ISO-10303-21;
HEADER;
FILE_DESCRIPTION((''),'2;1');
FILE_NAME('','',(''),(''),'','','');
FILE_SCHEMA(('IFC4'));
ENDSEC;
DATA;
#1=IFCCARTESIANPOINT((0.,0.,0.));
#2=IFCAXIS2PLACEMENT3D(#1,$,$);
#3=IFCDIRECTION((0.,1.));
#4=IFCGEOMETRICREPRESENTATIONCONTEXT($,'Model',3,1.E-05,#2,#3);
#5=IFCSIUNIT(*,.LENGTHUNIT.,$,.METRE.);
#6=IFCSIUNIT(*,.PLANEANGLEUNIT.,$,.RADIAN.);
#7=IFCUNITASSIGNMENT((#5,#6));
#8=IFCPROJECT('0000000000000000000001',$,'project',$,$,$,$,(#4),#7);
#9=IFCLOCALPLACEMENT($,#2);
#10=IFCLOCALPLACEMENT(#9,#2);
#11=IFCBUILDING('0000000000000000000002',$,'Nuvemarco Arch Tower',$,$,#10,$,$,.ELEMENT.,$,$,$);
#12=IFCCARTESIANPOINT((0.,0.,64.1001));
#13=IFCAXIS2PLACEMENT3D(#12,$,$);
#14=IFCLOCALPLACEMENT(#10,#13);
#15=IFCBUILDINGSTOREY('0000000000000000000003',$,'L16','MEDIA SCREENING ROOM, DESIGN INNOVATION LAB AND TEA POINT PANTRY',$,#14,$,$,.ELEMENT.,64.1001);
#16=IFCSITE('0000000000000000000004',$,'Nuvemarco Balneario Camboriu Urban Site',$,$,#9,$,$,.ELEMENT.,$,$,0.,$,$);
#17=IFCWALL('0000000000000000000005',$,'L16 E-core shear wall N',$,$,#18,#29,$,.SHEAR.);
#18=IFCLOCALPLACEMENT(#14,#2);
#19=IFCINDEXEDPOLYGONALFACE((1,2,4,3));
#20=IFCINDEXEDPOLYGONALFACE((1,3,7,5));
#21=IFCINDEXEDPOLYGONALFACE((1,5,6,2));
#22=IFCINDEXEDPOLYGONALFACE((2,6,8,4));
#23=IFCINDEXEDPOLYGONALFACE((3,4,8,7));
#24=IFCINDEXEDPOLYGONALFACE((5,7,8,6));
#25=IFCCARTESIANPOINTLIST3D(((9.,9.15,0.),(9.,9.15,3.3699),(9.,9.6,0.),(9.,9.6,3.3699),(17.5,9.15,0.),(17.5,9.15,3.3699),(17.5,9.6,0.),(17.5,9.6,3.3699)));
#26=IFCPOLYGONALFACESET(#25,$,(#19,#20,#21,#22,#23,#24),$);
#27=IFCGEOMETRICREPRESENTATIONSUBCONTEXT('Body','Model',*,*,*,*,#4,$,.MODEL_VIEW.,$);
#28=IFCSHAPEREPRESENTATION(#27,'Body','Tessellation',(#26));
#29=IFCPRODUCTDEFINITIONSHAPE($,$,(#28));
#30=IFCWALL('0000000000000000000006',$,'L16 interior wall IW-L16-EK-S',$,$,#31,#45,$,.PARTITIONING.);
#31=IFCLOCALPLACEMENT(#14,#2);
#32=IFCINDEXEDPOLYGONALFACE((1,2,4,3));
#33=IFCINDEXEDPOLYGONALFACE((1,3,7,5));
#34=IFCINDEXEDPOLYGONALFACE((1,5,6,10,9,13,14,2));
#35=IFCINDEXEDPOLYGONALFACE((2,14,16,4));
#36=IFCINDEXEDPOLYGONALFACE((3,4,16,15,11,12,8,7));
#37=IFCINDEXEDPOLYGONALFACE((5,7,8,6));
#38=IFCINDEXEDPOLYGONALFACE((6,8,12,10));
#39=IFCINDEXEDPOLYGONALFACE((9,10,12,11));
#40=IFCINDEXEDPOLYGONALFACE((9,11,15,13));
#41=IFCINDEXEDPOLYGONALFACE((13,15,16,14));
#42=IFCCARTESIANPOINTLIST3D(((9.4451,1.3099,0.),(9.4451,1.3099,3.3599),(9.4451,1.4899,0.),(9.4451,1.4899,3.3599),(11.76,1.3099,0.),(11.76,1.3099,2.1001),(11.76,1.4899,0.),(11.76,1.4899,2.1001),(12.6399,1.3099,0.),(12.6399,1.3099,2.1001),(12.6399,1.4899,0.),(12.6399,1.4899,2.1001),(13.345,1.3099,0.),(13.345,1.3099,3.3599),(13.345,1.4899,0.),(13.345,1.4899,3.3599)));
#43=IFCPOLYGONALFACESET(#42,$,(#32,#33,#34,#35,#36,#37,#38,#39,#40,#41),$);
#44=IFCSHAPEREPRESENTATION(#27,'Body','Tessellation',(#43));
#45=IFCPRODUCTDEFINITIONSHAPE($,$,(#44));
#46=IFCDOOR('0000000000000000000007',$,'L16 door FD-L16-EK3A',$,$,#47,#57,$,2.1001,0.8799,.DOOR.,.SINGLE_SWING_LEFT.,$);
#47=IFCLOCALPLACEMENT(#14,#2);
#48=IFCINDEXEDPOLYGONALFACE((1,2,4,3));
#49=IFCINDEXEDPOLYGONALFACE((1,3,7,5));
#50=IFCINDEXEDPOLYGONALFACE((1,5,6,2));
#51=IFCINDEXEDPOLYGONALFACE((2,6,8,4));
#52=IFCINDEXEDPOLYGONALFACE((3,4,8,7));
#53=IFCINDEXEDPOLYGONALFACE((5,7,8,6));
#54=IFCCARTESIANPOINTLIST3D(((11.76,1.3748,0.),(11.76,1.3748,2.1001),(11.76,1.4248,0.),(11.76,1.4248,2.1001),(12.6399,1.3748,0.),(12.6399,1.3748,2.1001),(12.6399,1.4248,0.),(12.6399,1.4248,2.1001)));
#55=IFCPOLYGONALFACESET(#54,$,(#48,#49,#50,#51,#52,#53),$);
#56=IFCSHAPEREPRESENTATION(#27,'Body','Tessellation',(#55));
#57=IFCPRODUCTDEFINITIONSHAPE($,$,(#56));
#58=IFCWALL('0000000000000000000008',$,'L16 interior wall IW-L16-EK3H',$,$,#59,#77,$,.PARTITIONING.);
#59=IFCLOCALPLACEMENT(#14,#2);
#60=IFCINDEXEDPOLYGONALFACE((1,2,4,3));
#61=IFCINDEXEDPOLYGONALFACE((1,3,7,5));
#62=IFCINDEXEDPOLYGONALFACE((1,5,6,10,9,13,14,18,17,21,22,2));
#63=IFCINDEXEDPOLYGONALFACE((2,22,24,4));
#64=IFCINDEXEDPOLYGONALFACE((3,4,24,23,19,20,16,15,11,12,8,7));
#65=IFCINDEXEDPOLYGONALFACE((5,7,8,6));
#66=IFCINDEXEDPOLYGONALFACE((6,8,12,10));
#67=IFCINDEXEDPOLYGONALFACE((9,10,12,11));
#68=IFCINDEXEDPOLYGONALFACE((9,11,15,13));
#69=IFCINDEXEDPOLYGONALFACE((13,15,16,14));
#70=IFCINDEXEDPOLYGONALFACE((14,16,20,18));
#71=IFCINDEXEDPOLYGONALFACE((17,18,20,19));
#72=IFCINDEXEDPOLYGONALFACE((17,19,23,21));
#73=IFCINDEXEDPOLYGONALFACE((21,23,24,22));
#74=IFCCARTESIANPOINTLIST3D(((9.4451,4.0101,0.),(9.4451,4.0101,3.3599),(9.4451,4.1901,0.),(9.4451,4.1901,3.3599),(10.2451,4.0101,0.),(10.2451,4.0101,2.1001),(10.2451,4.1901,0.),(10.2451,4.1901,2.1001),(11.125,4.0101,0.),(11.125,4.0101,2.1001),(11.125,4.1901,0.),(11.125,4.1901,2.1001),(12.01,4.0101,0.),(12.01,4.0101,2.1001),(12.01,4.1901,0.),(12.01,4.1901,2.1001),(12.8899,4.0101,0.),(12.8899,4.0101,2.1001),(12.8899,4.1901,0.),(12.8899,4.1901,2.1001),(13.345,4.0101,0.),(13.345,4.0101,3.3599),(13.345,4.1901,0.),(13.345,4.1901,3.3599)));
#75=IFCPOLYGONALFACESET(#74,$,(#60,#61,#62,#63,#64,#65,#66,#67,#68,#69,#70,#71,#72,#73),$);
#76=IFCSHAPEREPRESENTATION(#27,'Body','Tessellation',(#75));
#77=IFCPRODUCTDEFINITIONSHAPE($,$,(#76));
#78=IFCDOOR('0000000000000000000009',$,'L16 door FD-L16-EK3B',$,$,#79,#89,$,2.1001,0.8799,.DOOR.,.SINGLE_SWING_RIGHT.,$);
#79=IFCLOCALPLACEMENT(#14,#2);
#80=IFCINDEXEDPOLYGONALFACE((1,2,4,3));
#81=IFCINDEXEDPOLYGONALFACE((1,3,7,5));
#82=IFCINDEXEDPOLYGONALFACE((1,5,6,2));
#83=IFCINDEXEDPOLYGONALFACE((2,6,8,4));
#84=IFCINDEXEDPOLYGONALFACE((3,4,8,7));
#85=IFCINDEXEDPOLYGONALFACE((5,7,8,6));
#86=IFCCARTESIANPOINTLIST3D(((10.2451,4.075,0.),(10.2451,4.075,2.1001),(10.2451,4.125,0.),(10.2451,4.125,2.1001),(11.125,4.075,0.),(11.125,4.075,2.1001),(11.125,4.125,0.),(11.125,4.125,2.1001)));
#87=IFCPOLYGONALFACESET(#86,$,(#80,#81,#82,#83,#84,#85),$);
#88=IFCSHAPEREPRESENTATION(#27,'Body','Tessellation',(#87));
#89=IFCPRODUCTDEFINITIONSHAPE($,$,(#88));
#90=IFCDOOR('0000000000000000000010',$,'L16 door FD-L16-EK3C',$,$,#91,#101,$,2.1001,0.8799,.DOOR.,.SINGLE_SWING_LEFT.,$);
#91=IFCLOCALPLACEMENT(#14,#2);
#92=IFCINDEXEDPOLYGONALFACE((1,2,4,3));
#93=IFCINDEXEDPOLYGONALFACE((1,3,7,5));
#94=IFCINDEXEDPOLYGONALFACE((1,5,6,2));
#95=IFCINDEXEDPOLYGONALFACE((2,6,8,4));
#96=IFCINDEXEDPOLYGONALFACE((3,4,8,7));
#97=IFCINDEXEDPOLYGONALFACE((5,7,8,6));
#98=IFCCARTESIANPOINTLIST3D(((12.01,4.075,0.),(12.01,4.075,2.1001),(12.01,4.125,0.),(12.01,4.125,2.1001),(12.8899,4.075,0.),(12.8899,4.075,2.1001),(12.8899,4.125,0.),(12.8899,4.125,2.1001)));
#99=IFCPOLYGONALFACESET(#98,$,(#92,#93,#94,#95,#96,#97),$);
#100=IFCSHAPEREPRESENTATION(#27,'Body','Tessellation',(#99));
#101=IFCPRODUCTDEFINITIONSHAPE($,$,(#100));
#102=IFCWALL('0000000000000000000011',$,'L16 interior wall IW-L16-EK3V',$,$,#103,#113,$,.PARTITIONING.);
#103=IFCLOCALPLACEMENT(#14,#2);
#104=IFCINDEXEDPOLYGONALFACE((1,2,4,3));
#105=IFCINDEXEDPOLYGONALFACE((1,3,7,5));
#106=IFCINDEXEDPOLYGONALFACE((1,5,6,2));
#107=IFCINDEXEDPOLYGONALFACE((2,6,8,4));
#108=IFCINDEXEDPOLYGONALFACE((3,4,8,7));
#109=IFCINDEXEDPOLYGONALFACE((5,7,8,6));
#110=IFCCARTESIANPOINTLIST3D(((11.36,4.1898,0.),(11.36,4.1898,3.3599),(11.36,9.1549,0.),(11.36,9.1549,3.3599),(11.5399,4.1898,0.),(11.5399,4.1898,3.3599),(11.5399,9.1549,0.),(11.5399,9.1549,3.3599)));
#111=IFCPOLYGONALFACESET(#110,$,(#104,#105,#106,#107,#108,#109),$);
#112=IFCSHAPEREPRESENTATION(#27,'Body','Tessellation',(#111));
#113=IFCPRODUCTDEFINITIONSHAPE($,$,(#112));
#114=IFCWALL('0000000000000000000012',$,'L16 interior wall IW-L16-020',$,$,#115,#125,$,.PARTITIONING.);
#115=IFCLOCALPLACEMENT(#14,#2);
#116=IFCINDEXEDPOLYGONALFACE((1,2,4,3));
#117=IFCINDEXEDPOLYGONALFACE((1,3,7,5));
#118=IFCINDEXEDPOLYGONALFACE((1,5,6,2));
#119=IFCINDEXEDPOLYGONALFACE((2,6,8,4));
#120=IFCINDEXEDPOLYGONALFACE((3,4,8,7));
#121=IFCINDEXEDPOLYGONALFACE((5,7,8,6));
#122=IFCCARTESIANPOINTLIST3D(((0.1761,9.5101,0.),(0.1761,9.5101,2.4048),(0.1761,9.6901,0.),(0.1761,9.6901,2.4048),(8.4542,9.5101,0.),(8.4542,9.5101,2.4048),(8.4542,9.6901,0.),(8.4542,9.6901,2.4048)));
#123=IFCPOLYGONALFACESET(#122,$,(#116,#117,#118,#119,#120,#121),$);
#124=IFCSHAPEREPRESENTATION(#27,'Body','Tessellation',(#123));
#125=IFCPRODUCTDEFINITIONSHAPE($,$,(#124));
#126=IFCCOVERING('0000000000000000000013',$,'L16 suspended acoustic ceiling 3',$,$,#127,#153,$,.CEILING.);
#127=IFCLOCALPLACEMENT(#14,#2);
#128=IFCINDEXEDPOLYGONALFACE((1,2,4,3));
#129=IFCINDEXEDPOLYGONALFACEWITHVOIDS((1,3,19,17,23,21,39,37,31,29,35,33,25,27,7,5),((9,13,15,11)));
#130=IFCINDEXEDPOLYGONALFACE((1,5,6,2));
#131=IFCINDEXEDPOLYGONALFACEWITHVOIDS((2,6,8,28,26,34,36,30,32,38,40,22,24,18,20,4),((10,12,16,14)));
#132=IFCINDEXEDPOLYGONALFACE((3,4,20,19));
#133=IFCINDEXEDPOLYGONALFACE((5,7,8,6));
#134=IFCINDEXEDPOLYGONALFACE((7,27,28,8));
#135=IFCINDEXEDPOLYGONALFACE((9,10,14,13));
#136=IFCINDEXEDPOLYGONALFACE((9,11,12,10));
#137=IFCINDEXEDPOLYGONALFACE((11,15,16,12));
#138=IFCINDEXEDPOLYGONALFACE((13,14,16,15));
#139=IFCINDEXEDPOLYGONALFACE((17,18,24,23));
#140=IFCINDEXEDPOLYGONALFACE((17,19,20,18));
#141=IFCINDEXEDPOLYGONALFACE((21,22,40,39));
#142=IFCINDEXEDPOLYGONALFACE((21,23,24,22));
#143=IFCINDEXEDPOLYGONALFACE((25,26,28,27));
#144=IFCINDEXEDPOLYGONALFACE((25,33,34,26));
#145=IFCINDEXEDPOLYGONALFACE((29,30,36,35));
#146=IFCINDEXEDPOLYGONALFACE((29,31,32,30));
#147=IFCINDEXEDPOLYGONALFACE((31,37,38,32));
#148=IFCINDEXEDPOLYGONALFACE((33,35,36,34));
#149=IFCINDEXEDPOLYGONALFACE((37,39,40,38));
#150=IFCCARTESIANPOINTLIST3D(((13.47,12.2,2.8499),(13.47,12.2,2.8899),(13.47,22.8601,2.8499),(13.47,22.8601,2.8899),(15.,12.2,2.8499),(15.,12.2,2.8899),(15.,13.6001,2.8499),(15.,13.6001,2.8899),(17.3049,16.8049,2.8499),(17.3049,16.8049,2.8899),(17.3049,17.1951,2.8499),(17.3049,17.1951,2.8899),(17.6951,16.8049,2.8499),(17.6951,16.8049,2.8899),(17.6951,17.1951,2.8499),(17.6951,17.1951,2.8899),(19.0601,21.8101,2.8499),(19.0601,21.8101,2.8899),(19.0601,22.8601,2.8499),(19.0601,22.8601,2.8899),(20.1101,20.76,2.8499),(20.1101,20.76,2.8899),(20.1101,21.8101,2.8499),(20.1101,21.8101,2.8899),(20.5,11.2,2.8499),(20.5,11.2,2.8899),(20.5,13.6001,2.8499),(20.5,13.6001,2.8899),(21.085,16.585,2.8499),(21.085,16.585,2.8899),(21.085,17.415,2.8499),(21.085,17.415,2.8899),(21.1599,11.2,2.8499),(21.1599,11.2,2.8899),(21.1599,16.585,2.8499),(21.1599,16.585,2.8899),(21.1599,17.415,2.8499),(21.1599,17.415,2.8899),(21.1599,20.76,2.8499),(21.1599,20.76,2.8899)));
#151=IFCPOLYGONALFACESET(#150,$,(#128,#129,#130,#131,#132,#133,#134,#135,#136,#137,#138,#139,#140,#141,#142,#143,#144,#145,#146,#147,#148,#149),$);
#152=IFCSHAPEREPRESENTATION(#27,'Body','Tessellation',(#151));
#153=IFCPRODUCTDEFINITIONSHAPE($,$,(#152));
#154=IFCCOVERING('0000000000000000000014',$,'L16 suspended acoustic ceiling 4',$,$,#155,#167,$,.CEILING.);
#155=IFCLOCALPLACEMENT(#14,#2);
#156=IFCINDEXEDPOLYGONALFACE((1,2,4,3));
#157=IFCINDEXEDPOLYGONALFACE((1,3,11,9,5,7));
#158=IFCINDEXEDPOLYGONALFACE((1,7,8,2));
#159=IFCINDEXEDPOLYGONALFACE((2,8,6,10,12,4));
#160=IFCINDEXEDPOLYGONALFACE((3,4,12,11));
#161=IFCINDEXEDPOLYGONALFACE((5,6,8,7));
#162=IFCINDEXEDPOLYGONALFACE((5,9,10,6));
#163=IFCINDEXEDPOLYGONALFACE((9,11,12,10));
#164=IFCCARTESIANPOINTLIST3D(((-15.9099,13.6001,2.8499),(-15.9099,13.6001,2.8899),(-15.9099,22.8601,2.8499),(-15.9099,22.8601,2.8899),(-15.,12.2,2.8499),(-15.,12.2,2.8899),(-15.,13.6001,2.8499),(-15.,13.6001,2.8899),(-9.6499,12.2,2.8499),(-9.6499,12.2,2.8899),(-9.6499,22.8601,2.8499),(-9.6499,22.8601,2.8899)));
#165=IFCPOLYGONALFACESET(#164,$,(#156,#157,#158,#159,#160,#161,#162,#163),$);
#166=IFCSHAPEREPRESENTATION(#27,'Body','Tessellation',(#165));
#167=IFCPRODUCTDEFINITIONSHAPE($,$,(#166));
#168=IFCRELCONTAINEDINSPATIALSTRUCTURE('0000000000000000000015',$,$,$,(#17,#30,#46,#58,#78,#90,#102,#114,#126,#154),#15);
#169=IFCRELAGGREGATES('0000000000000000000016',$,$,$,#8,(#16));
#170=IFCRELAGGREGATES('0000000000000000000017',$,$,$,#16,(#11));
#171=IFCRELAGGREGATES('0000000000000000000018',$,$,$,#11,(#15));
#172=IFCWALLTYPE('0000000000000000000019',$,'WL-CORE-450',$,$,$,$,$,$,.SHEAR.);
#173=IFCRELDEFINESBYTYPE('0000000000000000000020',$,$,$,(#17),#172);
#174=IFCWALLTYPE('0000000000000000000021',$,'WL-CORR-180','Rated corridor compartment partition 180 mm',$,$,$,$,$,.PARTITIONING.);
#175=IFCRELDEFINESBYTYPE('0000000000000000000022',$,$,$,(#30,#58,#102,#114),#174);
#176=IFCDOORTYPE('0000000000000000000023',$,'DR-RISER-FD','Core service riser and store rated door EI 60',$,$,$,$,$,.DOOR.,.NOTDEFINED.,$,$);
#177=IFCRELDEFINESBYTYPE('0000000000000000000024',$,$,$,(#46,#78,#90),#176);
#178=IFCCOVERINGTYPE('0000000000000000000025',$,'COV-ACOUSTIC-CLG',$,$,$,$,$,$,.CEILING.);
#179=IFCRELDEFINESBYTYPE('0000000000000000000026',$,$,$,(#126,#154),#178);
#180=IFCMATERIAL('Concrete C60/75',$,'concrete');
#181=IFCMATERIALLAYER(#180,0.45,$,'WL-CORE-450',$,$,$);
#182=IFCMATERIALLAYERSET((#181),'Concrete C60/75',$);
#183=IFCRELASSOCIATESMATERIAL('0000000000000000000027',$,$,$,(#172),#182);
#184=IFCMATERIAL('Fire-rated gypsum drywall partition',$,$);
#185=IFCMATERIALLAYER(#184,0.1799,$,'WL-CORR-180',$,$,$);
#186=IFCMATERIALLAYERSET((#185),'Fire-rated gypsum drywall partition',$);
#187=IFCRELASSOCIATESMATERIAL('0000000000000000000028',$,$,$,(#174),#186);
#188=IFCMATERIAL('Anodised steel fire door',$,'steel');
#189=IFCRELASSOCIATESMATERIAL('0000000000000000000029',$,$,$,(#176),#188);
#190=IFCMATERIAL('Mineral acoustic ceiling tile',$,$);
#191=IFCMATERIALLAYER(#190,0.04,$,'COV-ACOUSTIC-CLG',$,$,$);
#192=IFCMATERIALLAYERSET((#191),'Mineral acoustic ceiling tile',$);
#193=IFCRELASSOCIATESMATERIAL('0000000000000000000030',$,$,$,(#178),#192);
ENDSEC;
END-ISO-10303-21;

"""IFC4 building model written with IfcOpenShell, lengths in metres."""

from ifc_helpers import new_model, si_unit, direction, frame, frame_2d, origin, place, context, subcontext, project, spatial, polyline, rectangle, outline, extrude, source, transform, mapped, material, layer, layer_set, type_object, type_shapes, element, fill, save


model = new_model("IFC4")

# Units and contexts
model_context = context("Model", 3, precision=1e-05, world=origin(), true_north=direction((0.0, 1.0)))
body_context = subcontext(model_context, "Body", "Model", "MODEL_VIEW")
ifc_project = project(units=[si_unit("LENGTHUNIT", "METRE"), si_unit("PLANEANGLEUNIT", "RADIAN")], contexts=[model_context])

# Site, building, storey
site_placement = place(None, origin())
site = spatial("IfcSite", under=ifc_project, at=site_placement, Name="Nuvemarco Balneario Camboriu Urban Site", CompositionType="ELEMENT", RefElevation=0.0)
building_placement = place(site_placement, origin())
building = spatial("IfcBuilding", under=site, at=building_placement, Name="Nuvemarco Arch Tower", CompositionType="ELEMENT")
storey_placement = place(building_placement, frame((0.0, 0.0, 64.1001)))
storey = spatial("IfcBuildingStorey", under=building, at=storey_placement, Name="L16", Description="MEDIA SCREENING ROOM, DESIGN INNOVATION LAB AND TEA POINT PANTRY", CompositionType="ELEMENT", Elevation=64.1001)

# Shared definitions
ifc_material_1 = material(Name="Concrete C60/75", Category="concrete")

# Wall
ifc_layer_1 = layer(ifc_material_1, 0.45, Name="WL-CORE-450")
ifc_layer_set_1 = layer_set([ifc_layer_1], Name="Concrete C60/75")
wall_type_1 = type_object("IfcWallType", Name="WL-CORE-450", PredefinedType="SHEAR", material=ifc_layer_set_1)
wall_1_placement = place(storey_placement, frame((9.0, 9.375, 0.0), z_axis=(0.0, 0.0, 1.0), x_axis=(1.0, 0.0, 0.0)))
element("IfcWall", 1, at=wall_1_placement, inside=storey, type_object=wall_type_1, Name="L16 E-core shear wall N", PredefinedType="SHEAR", context=body_context, shape_type="SweptSolid", body=[
    extrude(rectangle(XDim=8.5, YDim=0.45, at=frame_2d((4.25, 0.0))), origin(), (0.0, 0.0, 1.0), 3.3699),
])

# Wall, opening, door
ifc_material_2 = material(Name="Fire-rated gypsum drywall partition")
ifc_layer_2 = layer(ifc_material_2, 0.1799, Name="WL-CORR-180")
ifc_layer_set_2 = layer_set([ifc_layer_2], Name="Fire-rated gypsum drywall partition")
wall_type_2 = type_object("IfcWallType", Name="WL-CORR-180", Description="Rated corridor compartment partition 180 mm", PredefinedType="PARTITIONING", material=ifc_layer_set_2)
wall_2_placement = place(storey_placement, frame((9.4451, 1.3999, 0.0), z_axis=(0.0, 0.0, 1.0), x_axis=(1.0, 0.0, 0.0)))
wall_2 = element("IfcWall", 2, at=wall_2_placement, inside=storey, type_object=wall_type_2, Name="L16 interior wall IW-L16-EK-S", PredefinedType="PARTITIONING", context=body_context, shape_type="SweptSolid", body=[
    extrude(rectangle(XDim=3.8999, YDim=0.1799, at=frame_2d((1.95, 0.0))), origin(), (0.0, 0.0, 1.0), 3.3599),
])
opening_1_placement = place(wall_2_placement, frame((2.3149, 0.0, 0.0)))
opening_1 = element("IfcOpeningElement", 3, at=opening_1_placement, cuts=wall_2, PredefinedType="OPENING", context=body_context, shape_type="SweptSolid", body=[
    extrude(rectangle(XDim=0.8799, YDim=2.1001, at=frame_2d((0.4399, 1.05))), frame((0.0, 0.0999, 0.0), z_axis=(0.0, -1.0, 0.0), x_axis=(1.0, 0.0, 0.0)), (0.0, 0.0, 1.0), 0.2),
])
ifc_material_3 = material(Name="Anodised steel fire door", Category="steel")
door_type = type_object("IfcDoorType", Name="DR-RISER-FD", Description="Core service riser and store rated door EI 60", OperationType="NOTDEFINED", PredefinedType="DOOR", material=ifc_material_3)
shared_shape = source(origin(), body_context, "Body", "SweptSolid", [
    extrude(rectangle(XDim=0.8799, YDim=2.1001, at=frame_2d((0.4399, 1.05))), frame((0.0, 0.0249, 0.0), z_axis=(0.0, -1.0, 0.0), x_axis=(1.0, 0.0, 0.0)), (0.0, 0.0, 1.0), 0.05),
])
type_shapes(door_type, [shared_shape])
door_1_placement = place(opening_1_placement, origin())
door_1 = element("IfcDoor", 4, at=door_1_placement, inside=storey, type_object=door_type, Name="L16 door FD-L16-EK3A", OperationType="SINGLE_SWING_LEFT", OverallHeight=2.1001, OverallWidth=0.8799, PredefinedType="DOOR", context=body_context, shape_type="MappedRepresentation", body=[
    mapped(shared_shape, transform((0.0, 0.0, 0.0), scale=1.0)),
])
fill(opening_1, door_1)

# Wall, openings, doors
wall_3_placement = place(storey_placement, frame((9.4451, 4.1001, 0.0), z_axis=(0.0, 0.0, 1.0), x_axis=(1.0, 0.0, 0.0)))
wall_3 = element("IfcWall", 5, at=wall_3_placement, inside=storey, type_object=wall_type_2, Name="L16 interior wall IW-L16-EK3H", PredefinedType="PARTITIONING", context=body_context, shape_type="SweptSolid", body=[
    extrude(rectangle(XDim=3.8999, YDim=0.1799, at=frame_2d((1.95, 0.0))), origin(), (0.0, 0.0, 1.0), 3.3599),
])
opening_2_placement = place(wall_3_placement, frame((0.8, 0.0, 0.0)))
opening_2 = element("IfcOpeningElement", 6, at=opening_2_placement, cuts=wall_3, PredefinedType="OPENING", context=body_context, shape_type="SweptSolid", body=[
    extrude(rectangle(XDim=0.8799, YDim=2.1001, at=frame_2d((0.4399, 1.05))), frame((0.0, 0.0999, 0.0), z_axis=(0.0, -1.0, 0.0), x_axis=(1.0, 0.0, 0.0)), (0.0, 0.0, 1.0), 0.2),
])
opening_3_placement = place(wall_3_placement, frame((2.5649, 0.0, 0.0)))
opening_3 = element("IfcOpeningElement", 7, at=opening_3_placement, cuts=wall_3, PredefinedType="OPENING", context=body_context, shape_type="SweptSolid", body=[
    extrude(rectangle(XDim=0.8799, YDim=2.1001, at=frame_2d((0.4399, 1.05))), frame((0.0, 0.0999, 0.0), z_axis=(0.0, -1.0, 0.0), x_axis=(1.0, 0.0, 0.0)), (0.0, 0.0, 1.0), 0.2),
])
door_2_placement = place(opening_2_placement, origin())
door_2 = element("IfcDoor", 8, at=door_2_placement, inside=storey, type_object=door_type, Name="L16 door FD-L16-EK3B", OperationType="SINGLE_SWING_RIGHT", OverallHeight=2.1001, OverallWidth=0.8799, PredefinedType="DOOR", context=body_context, shape_type="MappedRepresentation", body=[
    mapped(shared_shape, transform((0.0, 0.0, 0.0), scale=1.0)),
])
fill(opening_2, door_2)
door_3_placement = place(opening_3_placement, origin())
door_3 = element("IfcDoor", 9, at=door_3_placement, inside=storey, type_object=door_type, Name="L16 door FD-L16-EK3C", OperationType="SINGLE_SWING_LEFT", OverallHeight=2.1001, OverallWidth=0.8799, PredefinedType="DOOR", context=body_context, shape_type="MappedRepresentation", body=[
    mapped(shared_shape, transform((0.0, 0.0, 0.0), scale=1.0)),
])
fill(opening_3, door_3)

# Walls
wall_4_placement = place(storey_placement, frame((11.45, 4.1899, 0.0), z_axis=(0.0, 0.0, 1.0), x_axis=(0.0, 1.0, 0.0)))
element("IfcWall", 10, at=wall_4_placement, inside=storey, type_object=wall_type_2, Name="L16 interior wall IW-L16-EK3V", PredefinedType="PARTITIONING", context=body_context, shape_type="SweptSolid", body=[
    extrude(rectangle(XDim=4.9651, YDim=0.1799, at=frame_2d((2.4824, 0.0))), origin(), (0.0, 0.0, 1.0), 3.3599),
])
wall_5_placement = place(storey_placement, frame((0.176, 9.6001, 0.0), z_axis=(0.0, 0.0, 1.0), x_axis=(1.0, 0.0, 0.0)))
element("IfcWall", 11, at=wall_5_placement, inside=storey, type_object=wall_type_2, Name="L16 interior wall IW-L16-020", PredefinedType="PARTITIONING", context=body_context, shape_type="SweptSolid", body=[
    extrude(rectangle(XDim=8.2781, YDim=0.1799, at=frame_2d((4.1392, 0.0))), origin(), (0.0, 0.0, 1.0), 2.4048),
])

# Coverings
ifc_material_4 = material(Name="Mineral acoustic ceiling tile")
ifc_layer_3 = layer(ifc_material_4, 0.04, Name="COV-ACOUSTIC-CLG")
ifc_layer_set_3 = layer_set([ifc_layer_3], Name="Mineral acoustic ceiling tile")
covering_type_1 = type_object("IfcCoveringType", Name="COV-ACOUSTIC-CLG", PredefinedType="CEILING", material=ifc_layer_set_3)
covering_1_placement = place(storey_placement, frame((0.0, 0.0, 2.8499)))
element("IfcCovering", 12, at=covering_1_placement, inside=storey, type_object=covering_type_1, Name="L16 suspended acoustic ceiling 3", PredefinedType="CEILING", context=body_context, shape_type="SweptSolid", body=[
    extrude(outline(polyline([(21.1599, 20.76), (21.1599, 17.415), (21.085, 17.415), (21.085, 16.585), (21.1599, 16.585), (21.1599, 11.2), (20.5, 11.2), (20.5, 13.6001), (15.0, 13.6001), (15.0, 12.2), (13.47, 12.2), (13.47, 22.8601), (19.0601, 22.8601), (19.0601, 21.8101), (20.1101, 21.8101), (20.1101, 20.76), (21.1599, 20.76)]), holes=[polyline([(17.6951, 16.8049), (17.6951, 17.1951), (17.3049, 17.1951), (17.3049, 16.8049), (17.6951, 16.8049)])]), origin(), (0.0, 0.0, 1.0), 0.04),
])
covering_2_placement = place(storey_placement, frame((0.0, 0.0, 2.8499)))
element("IfcCovering", 13, at=covering_2_placement, inside=storey, type_object=covering_type_1, Name="L16 suspended acoustic ceiling 4", PredefinedType="CEILING", context=body_context, shape_type="SweptSolid", body=[
    extrude(outline(polyline([(-9.6499, 22.8601), (-9.6499, 12.2), (-15.0, 12.2), (-15.0, 13.6001), (-15.9099, 13.6001), (-15.9099, 22.8601), (-9.6499, 22.8601)])), origin(), (0.0, 0.0, 1.0), 0.04),
])

save(model, "model.ifc")
